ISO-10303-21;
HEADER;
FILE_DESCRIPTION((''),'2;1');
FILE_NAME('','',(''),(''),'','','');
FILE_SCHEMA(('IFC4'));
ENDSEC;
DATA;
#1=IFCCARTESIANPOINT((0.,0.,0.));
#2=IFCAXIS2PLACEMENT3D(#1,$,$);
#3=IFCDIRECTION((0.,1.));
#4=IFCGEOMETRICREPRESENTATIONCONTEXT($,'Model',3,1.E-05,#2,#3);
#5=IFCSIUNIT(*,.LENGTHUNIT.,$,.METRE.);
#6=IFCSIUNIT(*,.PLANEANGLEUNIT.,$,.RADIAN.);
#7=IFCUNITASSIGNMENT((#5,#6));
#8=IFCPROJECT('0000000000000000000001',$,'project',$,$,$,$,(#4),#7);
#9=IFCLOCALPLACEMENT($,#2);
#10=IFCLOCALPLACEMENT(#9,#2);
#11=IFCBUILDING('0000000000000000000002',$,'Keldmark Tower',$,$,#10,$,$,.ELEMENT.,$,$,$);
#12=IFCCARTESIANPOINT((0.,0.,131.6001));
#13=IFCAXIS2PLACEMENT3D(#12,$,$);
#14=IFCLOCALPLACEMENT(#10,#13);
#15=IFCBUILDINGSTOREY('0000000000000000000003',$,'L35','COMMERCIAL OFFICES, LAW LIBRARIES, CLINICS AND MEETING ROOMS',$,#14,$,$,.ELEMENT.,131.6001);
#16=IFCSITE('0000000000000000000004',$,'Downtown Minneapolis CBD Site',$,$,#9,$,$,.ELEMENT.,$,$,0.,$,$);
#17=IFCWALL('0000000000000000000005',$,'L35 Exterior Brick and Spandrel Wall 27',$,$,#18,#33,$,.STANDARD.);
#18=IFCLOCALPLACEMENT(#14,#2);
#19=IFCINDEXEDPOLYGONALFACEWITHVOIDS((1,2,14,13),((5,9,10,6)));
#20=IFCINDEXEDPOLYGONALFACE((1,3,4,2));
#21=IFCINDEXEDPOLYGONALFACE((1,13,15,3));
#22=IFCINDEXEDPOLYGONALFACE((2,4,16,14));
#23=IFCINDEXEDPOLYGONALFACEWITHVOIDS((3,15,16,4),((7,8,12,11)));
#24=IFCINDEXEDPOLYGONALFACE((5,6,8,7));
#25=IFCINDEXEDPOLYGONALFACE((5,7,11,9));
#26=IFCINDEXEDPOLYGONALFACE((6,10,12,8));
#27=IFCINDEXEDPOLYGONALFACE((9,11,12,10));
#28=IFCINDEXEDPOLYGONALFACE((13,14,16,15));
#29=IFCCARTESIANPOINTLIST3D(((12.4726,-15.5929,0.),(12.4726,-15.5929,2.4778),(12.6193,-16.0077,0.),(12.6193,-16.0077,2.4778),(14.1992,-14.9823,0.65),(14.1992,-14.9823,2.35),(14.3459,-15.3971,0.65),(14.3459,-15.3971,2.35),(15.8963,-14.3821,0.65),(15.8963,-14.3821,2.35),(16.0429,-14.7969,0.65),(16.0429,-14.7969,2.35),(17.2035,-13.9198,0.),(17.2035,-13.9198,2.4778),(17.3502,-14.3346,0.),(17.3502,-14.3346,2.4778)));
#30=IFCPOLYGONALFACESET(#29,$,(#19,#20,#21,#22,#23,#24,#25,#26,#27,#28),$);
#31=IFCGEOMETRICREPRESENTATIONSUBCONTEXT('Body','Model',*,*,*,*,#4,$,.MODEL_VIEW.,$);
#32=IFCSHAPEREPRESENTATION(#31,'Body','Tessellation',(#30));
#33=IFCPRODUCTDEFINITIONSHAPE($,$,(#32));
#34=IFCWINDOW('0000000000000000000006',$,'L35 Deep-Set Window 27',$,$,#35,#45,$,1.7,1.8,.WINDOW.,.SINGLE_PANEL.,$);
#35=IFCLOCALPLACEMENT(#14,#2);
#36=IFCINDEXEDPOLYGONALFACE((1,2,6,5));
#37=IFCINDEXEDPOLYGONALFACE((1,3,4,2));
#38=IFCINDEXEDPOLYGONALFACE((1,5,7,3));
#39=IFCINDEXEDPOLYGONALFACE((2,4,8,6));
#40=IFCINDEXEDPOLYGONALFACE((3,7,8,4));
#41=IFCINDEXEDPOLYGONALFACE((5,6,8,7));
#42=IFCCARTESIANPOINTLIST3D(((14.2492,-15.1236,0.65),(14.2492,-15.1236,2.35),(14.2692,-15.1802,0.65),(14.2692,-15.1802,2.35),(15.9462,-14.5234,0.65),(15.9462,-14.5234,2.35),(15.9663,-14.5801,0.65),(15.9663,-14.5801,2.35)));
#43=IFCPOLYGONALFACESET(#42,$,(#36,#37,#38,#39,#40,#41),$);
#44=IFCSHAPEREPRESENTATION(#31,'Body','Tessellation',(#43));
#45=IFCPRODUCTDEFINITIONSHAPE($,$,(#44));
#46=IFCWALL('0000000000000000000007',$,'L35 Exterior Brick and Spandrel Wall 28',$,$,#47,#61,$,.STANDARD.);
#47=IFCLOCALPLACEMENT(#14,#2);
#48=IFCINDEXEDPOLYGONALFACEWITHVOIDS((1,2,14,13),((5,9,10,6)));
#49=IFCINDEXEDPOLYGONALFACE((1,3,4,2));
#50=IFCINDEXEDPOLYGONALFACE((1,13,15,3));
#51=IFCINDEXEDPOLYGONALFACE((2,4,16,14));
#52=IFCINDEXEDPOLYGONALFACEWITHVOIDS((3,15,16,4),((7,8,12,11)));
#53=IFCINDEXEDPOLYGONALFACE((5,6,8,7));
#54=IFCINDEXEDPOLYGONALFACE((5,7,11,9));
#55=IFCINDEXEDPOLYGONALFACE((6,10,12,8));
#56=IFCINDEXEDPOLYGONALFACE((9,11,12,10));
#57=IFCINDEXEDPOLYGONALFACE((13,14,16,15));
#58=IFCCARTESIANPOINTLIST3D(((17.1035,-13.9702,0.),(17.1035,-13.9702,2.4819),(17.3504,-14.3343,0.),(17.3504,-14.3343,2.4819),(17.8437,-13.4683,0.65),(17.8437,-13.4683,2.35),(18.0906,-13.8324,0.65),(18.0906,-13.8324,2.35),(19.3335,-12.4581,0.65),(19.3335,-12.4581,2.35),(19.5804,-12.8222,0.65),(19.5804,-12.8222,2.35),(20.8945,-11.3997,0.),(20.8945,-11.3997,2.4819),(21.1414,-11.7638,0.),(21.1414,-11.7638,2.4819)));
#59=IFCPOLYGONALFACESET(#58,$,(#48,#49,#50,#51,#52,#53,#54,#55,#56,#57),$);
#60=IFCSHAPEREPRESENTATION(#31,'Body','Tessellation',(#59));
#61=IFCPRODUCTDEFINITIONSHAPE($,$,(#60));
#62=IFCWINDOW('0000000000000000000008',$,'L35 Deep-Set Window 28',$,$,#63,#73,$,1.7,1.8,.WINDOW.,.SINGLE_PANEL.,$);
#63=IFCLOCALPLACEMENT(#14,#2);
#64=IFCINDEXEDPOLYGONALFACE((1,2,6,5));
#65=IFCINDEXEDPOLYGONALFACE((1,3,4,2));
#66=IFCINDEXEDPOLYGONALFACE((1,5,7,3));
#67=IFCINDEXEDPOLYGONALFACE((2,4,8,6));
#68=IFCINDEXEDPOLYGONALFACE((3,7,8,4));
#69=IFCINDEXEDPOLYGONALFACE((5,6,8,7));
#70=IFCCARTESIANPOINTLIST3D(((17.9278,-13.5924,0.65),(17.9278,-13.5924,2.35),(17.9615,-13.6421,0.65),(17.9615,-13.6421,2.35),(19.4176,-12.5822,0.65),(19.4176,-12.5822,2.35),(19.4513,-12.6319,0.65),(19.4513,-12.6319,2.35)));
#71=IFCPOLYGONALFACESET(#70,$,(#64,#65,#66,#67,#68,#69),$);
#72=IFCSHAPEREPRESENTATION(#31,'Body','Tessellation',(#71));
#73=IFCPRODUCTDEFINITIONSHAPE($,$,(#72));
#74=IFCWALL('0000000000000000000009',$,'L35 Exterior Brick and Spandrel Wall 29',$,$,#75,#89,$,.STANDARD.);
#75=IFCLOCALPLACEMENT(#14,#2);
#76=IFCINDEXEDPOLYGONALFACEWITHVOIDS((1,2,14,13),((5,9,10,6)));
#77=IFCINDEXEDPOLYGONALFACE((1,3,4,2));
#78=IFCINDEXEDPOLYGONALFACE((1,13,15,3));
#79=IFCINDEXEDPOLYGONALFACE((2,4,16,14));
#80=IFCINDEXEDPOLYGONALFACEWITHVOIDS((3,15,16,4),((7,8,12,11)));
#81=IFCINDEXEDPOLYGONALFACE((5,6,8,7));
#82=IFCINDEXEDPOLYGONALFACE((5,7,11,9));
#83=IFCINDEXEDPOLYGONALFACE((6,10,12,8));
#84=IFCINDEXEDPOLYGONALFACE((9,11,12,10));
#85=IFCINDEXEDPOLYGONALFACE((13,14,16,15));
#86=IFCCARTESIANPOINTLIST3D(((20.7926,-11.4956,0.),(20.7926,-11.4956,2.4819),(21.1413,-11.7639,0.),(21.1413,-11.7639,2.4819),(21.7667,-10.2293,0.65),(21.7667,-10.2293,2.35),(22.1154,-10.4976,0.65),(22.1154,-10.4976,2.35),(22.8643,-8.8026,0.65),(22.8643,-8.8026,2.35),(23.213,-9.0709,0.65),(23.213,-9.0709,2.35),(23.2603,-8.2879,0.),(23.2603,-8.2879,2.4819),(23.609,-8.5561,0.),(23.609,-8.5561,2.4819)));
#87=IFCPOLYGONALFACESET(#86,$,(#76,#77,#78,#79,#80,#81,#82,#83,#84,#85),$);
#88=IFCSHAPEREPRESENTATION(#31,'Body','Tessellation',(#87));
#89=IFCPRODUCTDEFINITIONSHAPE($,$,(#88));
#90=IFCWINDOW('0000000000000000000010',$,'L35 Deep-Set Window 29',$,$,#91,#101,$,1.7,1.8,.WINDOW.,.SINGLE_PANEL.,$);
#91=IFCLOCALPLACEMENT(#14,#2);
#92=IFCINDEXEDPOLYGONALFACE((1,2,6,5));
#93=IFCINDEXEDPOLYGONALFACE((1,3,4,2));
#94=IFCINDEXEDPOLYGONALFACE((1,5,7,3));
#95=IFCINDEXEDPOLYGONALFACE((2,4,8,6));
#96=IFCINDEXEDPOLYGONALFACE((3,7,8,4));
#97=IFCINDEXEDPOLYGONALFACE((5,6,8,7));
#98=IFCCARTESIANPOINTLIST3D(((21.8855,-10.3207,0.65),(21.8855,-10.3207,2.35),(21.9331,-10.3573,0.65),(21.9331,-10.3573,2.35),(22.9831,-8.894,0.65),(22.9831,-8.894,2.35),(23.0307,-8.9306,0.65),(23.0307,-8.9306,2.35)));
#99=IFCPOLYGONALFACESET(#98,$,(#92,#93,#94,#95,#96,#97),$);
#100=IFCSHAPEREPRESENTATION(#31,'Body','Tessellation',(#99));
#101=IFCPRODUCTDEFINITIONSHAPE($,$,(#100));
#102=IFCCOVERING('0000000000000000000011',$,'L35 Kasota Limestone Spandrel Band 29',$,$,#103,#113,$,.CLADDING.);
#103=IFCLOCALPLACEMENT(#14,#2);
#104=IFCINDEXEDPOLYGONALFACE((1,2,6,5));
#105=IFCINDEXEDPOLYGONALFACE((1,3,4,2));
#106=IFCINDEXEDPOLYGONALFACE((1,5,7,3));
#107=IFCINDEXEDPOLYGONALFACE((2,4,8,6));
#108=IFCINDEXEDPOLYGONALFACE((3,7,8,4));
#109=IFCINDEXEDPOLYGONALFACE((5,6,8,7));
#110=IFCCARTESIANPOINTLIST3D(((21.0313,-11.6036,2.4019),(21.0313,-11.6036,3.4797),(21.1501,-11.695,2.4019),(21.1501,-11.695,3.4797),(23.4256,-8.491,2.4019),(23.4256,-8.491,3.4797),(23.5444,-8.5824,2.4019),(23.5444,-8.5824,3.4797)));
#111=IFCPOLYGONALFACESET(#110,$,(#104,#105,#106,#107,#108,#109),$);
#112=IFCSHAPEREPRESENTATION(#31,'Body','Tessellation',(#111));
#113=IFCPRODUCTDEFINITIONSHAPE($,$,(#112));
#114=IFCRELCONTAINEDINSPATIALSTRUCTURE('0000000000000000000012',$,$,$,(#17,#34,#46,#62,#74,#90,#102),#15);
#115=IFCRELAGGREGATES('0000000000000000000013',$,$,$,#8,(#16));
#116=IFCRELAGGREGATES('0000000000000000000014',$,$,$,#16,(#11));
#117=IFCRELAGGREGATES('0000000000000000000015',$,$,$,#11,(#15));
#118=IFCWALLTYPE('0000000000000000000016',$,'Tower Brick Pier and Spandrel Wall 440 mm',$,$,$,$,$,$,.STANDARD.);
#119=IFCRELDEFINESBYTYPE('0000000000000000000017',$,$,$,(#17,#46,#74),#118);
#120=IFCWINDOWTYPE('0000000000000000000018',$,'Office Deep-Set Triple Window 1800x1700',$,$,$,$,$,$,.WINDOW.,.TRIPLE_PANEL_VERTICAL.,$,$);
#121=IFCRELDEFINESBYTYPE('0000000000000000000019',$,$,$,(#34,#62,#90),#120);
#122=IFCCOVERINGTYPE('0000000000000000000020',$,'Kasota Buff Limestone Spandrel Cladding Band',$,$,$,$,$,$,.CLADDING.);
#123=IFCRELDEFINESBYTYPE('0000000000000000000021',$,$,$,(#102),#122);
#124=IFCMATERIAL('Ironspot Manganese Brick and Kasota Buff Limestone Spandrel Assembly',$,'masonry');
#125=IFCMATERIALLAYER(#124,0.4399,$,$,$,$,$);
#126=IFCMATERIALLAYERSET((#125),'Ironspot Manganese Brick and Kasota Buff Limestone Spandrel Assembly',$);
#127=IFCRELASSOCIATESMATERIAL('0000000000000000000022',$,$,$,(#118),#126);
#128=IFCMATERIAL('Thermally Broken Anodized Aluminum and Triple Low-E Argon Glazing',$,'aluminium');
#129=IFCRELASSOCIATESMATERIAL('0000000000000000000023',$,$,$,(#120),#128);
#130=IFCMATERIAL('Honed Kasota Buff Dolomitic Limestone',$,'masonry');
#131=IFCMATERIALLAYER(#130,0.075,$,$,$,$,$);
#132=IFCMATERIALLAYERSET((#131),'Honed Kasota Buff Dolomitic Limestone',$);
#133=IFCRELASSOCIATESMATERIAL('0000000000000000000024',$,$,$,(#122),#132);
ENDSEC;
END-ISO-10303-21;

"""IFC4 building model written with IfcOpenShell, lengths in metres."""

from ifc_helpers import new_model, si_unit, direction, frame, frame_2d, origin, origin_2d, place, context, subcontext, project, spatial, rectangle, extrude, material, layer, layer_set, type_object, element, fill, save


model = new_model("IFC4")

# Units and contexts
model_context = context("Model", 3, precision=1e-05, world=origin(), true_north=direction((0.0, 1.0)))
body_context = subcontext(model_context, "Body", "Model", "MODEL_VIEW")
ifc_project = project(units=[si_unit("LENGTHUNIT", "METRE"), si_unit("PLANEANGLEUNIT", "RADIAN")], contexts=[model_context])

# Site, building, storey
site_placement = place(None, origin())
site = spatial("IfcSite", under=ifc_project, at=site_placement, Name="Downtown Minneapolis CBD Site", CompositionType="ELEMENT", RefElevation=0.0)
building_placement = place(site_placement, origin())
building = spatial("IfcBuilding", under=site, at=building_placement, Name="Keldmark Tower", CompositionType="ELEMENT")
storey_placement = place(building_placement, frame((0.0, 0.0, 131.6001)))
storey = spatial("IfcBuildingStorey", under=building, at=storey_placement, Name="L35", Description="COMMERCIAL OFFICES, LAW LIBRARIES, CLINICS AND MEETING ROOMS", CompositionType="ELEMENT", Elevation=131.6001)

# Walls, openings, windows
ifc_material_1 = material(Name="Ironspot Manganese Brick and Kasota Buff Limestone Spandrel Assembly", Category="masonry")
ifc_layer_1 = layer(ifc_material_1, 0.4399)
ifc_layer_set_1 = layer_set([ifc_layer_1], Name="Ironspot Manganese Brick and Kasota Buff Limestone Spandrel Assembly")
wall_type_1 = type_object("IfcWallType", Name="Tower Brick Pier and Spandrel Wall 440 mm", PredefinedType="STANDARD", material=ifc_layer_set_1)
wall_1_placement = place(storey_placement, frame((17.2769, -14.1272, 0.0), z_axis=(0.0, 0.0, 1.0), x_axis=(-0.942781, -0.333413, 0.0)))
wall_1 = element("IfcWall", 1, at=wall_1_placement, inside=storey, type_object=wall_type_1, Name="L35 Exterior Brick and Spandrel Wall 27", PredefinedType="STANDARD", context=body_context, shape_type="SweptSolid", body=[
    extrude(rectangle(XDim=5.0181, YDim=0.4399, at=frame_2d((2.509, 0.0))), origin(), (0.0, 0.0, 1.0), 2.4778),
])
opening_1_placement = place(wall_1_placement, frame((1.3867, 0.0, 0.6499)))
opening_1 = element("IfcOpeningElement", 2, at=opening_1_placement, cuts=wall_1, PredefinedType="OPENING", context=body_context, shape_type="SweptSolid", body=[
    extrude(rectangle(XDim=1.8, YDim=1.7, at=frame_2d((0.8999, 0.8501))), frame((0.0, 0.23, 0.0), z_axis=(0.0, -1.0, 0.0), x_axis=(1.0, 0.0, 0.0)), (0.0, 0.0, 1.0), 0.46),
])
ifc_material_2 = material(Name="Thermally Broken Anodized Aluminum and Triple Low-E Argon Glazing", Category="aluminium")
window_type = type_object("IfcWindowType", Name="Office Deep-Set Triple Window 1800x1700", PartitioningType="TRIPLE_PANEL_VERTICAL", PredefinedType="WINDOW", material=ifc_material_2)
window_1_placement = place(opening_1_placement, origin())
window_1 = element("IfcWindow", 3, at=window_1_placement, inside=storey, type_object=window_type, Name="L35 Deep-Set Window 27", OverallHeight=1.7, OverallWidth=1.8, PartitioningType="SINGLE_PANEL", PredefinedType="WINDOW", context=body_context, shape_type="SweptSolid", body=[
    extrude(rectangle(XDim=1.8, YDim=1.7, at=frame_2d((0.8999, 0.8501))), frame((0.0, -0.01, 0.0), z_axis=(0.0, -1.0, 0.0), x_axis=(1.0, 0.0, 0.0)), (0.0, 0.0, 1.0), 0.0601),
])
fill(opening_1, window_1)
wall_2_placement = place(storey_placement, frame((21.0178, -11.5818, 0.0), z_axis=(0.0, 0.0, 1.0), x_axis=(-0.82767, -0.561215, 0.0)))
wall_2 = element("IfcWall", 4, at=wall_2_placement, inside=storey, type_object=wall_type_1, Name="L35 Exterior Brick and Spandrel Wall 28", PredefinedType="STANDARD", context=body_context, shape_type="SweptSolid", body=[
    extrude(rectangle(XDim=4.5803, YDim=0.4399, at=frame_2d((2.29, 0.0))), origin(), (0.0, 0.0, 1.0), 2.4819),
])
opening_2_placement = place(wall_2_placement, frame((1.886, 0.0, 0.6499)))
opening_2 = element("IfcOpeningElement", 5, at=opening_2_placement, cuts=wall_2, PredefinedType="OPENING", context=body_context, shape_type="SweptSolid", body=[
    extrude(rectangle(XDim=1.8, YDim=1.7, at=frame_2d((0.8999, 0.8501))), frame((0.0, 0.23, 0.0), z_axis=(0.0, -1.0, 0.0), x_axis=(1.0, 0.0, 0.0)), (0.0, 0.0, 1.0), 0.46),
])
window_2_placement = place(opening_2_placement, origin())
window_2 = element("IfcWindow", 6, at=window_2_placement, inside=storey, type_object=window_type, Name="L35 Deep-Set Window 28", OverallHeight=1.7, OverallWidth=1.8, PartitioningType="SINGLE_PANEL", PredefinedType="WINDOW", context=body_context, shape_type="SweptSolid", body=[
    extrude(rectangle(XDim=1.8, YDim=1.7, at=frame_2d((0.8999, 0.8501))), frame((0.0, -0.01, 0.0), z_axis=(0.0, -1.0, 0.0), x_axis=(1.0, 0.0, 0.0)), (0.0, 0.0, 1.0), 0.0601),
])
fill(opening_2, window_2)
wall_3_placement = place(storey_placement, frame((23.4346, -8.4221, 0.0), z_axis=(0.0, 0.0, 1.0), x_axis=(-0.609752, -0.792593, 0.0)))
wall_3 = element("IfcWall", 7, at=wall_3_placement, inside=storey, type_object=wall_type_1, Name="L35 Exterior Brick and Spandrel Wall 29", PredefinedType="STANDARD", context=body_context, shape_type="SweptSolid", body=[
    extrude(rectangle(XDim=4.0471, YDim=0.4399, at=frame_2d((2.0234, 0.0))), origin(), (0.0, 0.0, 1.0), 2.4819),
])
opening_3_placement = place(wall_3_placement, frame((0.6494, 0.0, 0.6499)))
opening_3 = element("IfcOpeningElement", 8, at=opening_3_placement, cuts=wall_3, PredefinedType="OPENING", context=body_context, shape_type="SweptSolid", body=[
    extrude(rectangle(XDim=1.8, YDim=1.7, at=frame_2d((0.8999, 0.8501))), frame((0.0, 0.23, 0.0), z_axis=(0.0, -1.0, 0.0), x_axis=(1.0, 0.0, 0.0)), (0.0, 0.0, 1.0), 0.46),
])
window_3_placement = place(opening_3_placement, origin())
window_3 = element("IfcWindow", 9, at=window_3_placement, inside=storey, type_object=window_type, Name="L35 Deep-Set Window 29", OverallHeight=1.7, OverallWidth=1.8, PartitioningType="SINGLE_PANEL", PredefinedType="WINDOW", context=body_context, shape_type="SweptSolid", body=[
    extrude(rectangle(XDim=1.8, YDim=1.7, at=frame_2d((0.8999, 0.8501))), frame((0.0, -0.01, 0.0), z_axis=(0.0, -1.0, 0.0), x_axis=(1.0, 0.0, 0.0)), (0.0, 0.0, 1.0), 0.0601),
])
fill(opening_3, window_3)

# Covering
ifc_material_3 = material(Name="Honed Kasota Buff Dolomitic Limestone", Category="masonry")
ifc_layer_2 = layer(ifc_material_3, 0.075)
ifc_layer_set_2 = layer_set([ifc_layer_2], Name="Honed Kasota Buff Dolomitic Limestone")
covering_type = type_object("IfcCoveringType", Name="Kasota Buff Limestone Spandrel Cladding Band", PredefinedType="CLADDING", material=ifc_layer_set_2)
covering_placement = place(storey_placement, frame((22.2878, -10.093, 2.4019), z_axis=(0.0, 0.0, 1.0), x_axis=(0.609716, 0.79262, 0.0)))
element("IfcCovering", 10, at=covering_placement, inside=storey, type_object=covering_type, Name="L35 Kasota Limestone Spandrel Band 29", PredefinedType="CLADDING", context=body_context, shape_type="SweptSolid", body=[
    extrude(rectangle(XDim=3.927, YDim=0.1499, at=origin_2d()), origin(), (0.0, 0.0, 1.0), 1.0779),
])

save(model, "model.ifc")
